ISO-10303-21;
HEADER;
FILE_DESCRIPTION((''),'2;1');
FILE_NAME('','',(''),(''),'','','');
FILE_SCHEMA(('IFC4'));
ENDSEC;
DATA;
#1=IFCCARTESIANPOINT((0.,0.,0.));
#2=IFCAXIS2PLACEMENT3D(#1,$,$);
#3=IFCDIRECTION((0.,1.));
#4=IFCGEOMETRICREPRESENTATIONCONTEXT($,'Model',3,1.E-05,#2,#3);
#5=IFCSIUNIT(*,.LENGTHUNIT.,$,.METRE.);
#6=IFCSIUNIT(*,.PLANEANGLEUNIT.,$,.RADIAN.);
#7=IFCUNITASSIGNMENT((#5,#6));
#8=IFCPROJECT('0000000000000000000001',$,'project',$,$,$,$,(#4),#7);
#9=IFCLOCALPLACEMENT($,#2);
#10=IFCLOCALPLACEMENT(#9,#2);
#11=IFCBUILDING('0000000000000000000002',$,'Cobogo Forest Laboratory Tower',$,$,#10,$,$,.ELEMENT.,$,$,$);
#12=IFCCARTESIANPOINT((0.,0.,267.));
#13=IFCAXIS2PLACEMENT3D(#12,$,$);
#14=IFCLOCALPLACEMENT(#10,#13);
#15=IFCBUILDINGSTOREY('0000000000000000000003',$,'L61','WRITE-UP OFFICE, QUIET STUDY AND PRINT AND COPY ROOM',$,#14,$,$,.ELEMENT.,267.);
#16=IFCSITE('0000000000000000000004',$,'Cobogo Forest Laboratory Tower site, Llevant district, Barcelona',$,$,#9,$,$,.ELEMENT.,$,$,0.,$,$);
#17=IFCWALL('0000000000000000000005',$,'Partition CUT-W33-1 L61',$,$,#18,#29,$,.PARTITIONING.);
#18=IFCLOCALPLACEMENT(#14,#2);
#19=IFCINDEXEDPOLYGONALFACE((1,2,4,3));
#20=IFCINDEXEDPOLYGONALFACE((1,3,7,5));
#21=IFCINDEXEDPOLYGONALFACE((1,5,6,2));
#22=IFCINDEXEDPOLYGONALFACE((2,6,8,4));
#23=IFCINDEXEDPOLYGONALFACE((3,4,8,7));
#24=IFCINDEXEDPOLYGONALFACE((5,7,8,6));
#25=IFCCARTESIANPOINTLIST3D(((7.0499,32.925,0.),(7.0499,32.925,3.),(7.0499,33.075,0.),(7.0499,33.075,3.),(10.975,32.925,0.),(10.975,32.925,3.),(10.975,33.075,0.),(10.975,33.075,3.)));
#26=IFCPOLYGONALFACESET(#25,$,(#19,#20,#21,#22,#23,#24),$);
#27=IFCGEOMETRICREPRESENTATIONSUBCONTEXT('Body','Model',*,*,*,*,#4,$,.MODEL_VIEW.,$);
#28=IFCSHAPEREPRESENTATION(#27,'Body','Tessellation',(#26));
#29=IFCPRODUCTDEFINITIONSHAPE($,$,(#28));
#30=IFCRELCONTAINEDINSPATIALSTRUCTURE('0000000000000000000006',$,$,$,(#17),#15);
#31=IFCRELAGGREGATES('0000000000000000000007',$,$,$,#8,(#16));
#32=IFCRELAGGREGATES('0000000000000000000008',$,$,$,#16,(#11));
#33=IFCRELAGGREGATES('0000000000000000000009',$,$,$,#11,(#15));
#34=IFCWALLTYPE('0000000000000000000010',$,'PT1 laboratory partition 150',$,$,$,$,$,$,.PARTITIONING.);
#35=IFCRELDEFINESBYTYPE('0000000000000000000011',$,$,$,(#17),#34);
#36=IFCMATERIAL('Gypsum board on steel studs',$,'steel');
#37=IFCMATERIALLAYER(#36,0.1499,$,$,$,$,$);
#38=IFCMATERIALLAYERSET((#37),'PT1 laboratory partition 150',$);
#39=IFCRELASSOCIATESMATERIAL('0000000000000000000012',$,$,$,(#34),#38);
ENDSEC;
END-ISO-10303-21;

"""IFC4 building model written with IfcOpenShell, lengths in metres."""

from ifc_helpers import new_model, si_unit, direction, frame, frame_2d, origin, place, context, subcontext, project, spatial, rectangle, extrude, material, layer, layer_set, type_object, element, save


model = new_model("IFC4")

# Units and contexts
model_context = context("Model", 3, precision=1e-05, world=origin(), true_north=direction((0.0, 1.0)))
body_context = subcontext(model_context, "Body", "Model", "MODEL_VIEW")
ifc_project = project(units=[si_unit("LENGTHUNIT", "METRE"), si_unit("PLANEANGLEUNIT", "RADIAN")], contexts=[model_context])

# Site, building, storey
site_placement = place(None, origin())
site = spatial("IfcSite", under=ifc_project, at=site_placement, Name="Cobogo Forest Laboratory Tower site, Llevant district, Barcelona", CompositionType="ELEMENT", RefElevation=0.0)
building_placement = place(site_placement, origin())
building = spatial("IfcBuilding", under=site, at=building_placement, Name="Cobogo Forest Laboratory Tower", CompositionType="ELEMENT")
storey_placement = place(building_placement, frame((0.0, 0.0, 267.0)))
storey = spatial("IfcBuildingStorey", under=building, at=storey_placement, Name="L61", Description="WRITE-UP OFFICE, QUIET STUDY AND PRINT AND COPY ROOM", CompositionType="ELEMENT", Elevation=267.0)

# Wall
ifc_material_1 = material(Name="Gypsum board on steel studs", Category="steel")
ifc_layer_1 = layer(ifc_material_1, 0.1499)
ifc_layer_set_1 = layer_set([ifc_layer_1], Name="PT1 laboratory partition 150")
wall_type_1 = type_object("IfcWallType", Name="PT1 laboratory partition 150", PredefinedType="PARTITIONING", material=ifc_layer_set_1)
wall_1_placement = place(storey_placement, frame((7.05, 33.0, 0.0), z_axis=(0.0, 0.0, 1.0), x_axis=(1.0, 0.0, 0.0)))
element("IfcWall", 1, at=wall_1_placement, inside=storey, type_object=wall_type_1, Name="Partition CUT-W33-1 L61", PredefinedType="PARTITIONING", context=body_context, shape_type="SweptSolid", body=[
    extrude(rectangle(XDim=3.925, YDim=0.1499, at=frame_2d((1.9624, 0.0))), origin(), (0.0, 0.0, 1.0), 3.0),
])

save(model, "model.ifc")
